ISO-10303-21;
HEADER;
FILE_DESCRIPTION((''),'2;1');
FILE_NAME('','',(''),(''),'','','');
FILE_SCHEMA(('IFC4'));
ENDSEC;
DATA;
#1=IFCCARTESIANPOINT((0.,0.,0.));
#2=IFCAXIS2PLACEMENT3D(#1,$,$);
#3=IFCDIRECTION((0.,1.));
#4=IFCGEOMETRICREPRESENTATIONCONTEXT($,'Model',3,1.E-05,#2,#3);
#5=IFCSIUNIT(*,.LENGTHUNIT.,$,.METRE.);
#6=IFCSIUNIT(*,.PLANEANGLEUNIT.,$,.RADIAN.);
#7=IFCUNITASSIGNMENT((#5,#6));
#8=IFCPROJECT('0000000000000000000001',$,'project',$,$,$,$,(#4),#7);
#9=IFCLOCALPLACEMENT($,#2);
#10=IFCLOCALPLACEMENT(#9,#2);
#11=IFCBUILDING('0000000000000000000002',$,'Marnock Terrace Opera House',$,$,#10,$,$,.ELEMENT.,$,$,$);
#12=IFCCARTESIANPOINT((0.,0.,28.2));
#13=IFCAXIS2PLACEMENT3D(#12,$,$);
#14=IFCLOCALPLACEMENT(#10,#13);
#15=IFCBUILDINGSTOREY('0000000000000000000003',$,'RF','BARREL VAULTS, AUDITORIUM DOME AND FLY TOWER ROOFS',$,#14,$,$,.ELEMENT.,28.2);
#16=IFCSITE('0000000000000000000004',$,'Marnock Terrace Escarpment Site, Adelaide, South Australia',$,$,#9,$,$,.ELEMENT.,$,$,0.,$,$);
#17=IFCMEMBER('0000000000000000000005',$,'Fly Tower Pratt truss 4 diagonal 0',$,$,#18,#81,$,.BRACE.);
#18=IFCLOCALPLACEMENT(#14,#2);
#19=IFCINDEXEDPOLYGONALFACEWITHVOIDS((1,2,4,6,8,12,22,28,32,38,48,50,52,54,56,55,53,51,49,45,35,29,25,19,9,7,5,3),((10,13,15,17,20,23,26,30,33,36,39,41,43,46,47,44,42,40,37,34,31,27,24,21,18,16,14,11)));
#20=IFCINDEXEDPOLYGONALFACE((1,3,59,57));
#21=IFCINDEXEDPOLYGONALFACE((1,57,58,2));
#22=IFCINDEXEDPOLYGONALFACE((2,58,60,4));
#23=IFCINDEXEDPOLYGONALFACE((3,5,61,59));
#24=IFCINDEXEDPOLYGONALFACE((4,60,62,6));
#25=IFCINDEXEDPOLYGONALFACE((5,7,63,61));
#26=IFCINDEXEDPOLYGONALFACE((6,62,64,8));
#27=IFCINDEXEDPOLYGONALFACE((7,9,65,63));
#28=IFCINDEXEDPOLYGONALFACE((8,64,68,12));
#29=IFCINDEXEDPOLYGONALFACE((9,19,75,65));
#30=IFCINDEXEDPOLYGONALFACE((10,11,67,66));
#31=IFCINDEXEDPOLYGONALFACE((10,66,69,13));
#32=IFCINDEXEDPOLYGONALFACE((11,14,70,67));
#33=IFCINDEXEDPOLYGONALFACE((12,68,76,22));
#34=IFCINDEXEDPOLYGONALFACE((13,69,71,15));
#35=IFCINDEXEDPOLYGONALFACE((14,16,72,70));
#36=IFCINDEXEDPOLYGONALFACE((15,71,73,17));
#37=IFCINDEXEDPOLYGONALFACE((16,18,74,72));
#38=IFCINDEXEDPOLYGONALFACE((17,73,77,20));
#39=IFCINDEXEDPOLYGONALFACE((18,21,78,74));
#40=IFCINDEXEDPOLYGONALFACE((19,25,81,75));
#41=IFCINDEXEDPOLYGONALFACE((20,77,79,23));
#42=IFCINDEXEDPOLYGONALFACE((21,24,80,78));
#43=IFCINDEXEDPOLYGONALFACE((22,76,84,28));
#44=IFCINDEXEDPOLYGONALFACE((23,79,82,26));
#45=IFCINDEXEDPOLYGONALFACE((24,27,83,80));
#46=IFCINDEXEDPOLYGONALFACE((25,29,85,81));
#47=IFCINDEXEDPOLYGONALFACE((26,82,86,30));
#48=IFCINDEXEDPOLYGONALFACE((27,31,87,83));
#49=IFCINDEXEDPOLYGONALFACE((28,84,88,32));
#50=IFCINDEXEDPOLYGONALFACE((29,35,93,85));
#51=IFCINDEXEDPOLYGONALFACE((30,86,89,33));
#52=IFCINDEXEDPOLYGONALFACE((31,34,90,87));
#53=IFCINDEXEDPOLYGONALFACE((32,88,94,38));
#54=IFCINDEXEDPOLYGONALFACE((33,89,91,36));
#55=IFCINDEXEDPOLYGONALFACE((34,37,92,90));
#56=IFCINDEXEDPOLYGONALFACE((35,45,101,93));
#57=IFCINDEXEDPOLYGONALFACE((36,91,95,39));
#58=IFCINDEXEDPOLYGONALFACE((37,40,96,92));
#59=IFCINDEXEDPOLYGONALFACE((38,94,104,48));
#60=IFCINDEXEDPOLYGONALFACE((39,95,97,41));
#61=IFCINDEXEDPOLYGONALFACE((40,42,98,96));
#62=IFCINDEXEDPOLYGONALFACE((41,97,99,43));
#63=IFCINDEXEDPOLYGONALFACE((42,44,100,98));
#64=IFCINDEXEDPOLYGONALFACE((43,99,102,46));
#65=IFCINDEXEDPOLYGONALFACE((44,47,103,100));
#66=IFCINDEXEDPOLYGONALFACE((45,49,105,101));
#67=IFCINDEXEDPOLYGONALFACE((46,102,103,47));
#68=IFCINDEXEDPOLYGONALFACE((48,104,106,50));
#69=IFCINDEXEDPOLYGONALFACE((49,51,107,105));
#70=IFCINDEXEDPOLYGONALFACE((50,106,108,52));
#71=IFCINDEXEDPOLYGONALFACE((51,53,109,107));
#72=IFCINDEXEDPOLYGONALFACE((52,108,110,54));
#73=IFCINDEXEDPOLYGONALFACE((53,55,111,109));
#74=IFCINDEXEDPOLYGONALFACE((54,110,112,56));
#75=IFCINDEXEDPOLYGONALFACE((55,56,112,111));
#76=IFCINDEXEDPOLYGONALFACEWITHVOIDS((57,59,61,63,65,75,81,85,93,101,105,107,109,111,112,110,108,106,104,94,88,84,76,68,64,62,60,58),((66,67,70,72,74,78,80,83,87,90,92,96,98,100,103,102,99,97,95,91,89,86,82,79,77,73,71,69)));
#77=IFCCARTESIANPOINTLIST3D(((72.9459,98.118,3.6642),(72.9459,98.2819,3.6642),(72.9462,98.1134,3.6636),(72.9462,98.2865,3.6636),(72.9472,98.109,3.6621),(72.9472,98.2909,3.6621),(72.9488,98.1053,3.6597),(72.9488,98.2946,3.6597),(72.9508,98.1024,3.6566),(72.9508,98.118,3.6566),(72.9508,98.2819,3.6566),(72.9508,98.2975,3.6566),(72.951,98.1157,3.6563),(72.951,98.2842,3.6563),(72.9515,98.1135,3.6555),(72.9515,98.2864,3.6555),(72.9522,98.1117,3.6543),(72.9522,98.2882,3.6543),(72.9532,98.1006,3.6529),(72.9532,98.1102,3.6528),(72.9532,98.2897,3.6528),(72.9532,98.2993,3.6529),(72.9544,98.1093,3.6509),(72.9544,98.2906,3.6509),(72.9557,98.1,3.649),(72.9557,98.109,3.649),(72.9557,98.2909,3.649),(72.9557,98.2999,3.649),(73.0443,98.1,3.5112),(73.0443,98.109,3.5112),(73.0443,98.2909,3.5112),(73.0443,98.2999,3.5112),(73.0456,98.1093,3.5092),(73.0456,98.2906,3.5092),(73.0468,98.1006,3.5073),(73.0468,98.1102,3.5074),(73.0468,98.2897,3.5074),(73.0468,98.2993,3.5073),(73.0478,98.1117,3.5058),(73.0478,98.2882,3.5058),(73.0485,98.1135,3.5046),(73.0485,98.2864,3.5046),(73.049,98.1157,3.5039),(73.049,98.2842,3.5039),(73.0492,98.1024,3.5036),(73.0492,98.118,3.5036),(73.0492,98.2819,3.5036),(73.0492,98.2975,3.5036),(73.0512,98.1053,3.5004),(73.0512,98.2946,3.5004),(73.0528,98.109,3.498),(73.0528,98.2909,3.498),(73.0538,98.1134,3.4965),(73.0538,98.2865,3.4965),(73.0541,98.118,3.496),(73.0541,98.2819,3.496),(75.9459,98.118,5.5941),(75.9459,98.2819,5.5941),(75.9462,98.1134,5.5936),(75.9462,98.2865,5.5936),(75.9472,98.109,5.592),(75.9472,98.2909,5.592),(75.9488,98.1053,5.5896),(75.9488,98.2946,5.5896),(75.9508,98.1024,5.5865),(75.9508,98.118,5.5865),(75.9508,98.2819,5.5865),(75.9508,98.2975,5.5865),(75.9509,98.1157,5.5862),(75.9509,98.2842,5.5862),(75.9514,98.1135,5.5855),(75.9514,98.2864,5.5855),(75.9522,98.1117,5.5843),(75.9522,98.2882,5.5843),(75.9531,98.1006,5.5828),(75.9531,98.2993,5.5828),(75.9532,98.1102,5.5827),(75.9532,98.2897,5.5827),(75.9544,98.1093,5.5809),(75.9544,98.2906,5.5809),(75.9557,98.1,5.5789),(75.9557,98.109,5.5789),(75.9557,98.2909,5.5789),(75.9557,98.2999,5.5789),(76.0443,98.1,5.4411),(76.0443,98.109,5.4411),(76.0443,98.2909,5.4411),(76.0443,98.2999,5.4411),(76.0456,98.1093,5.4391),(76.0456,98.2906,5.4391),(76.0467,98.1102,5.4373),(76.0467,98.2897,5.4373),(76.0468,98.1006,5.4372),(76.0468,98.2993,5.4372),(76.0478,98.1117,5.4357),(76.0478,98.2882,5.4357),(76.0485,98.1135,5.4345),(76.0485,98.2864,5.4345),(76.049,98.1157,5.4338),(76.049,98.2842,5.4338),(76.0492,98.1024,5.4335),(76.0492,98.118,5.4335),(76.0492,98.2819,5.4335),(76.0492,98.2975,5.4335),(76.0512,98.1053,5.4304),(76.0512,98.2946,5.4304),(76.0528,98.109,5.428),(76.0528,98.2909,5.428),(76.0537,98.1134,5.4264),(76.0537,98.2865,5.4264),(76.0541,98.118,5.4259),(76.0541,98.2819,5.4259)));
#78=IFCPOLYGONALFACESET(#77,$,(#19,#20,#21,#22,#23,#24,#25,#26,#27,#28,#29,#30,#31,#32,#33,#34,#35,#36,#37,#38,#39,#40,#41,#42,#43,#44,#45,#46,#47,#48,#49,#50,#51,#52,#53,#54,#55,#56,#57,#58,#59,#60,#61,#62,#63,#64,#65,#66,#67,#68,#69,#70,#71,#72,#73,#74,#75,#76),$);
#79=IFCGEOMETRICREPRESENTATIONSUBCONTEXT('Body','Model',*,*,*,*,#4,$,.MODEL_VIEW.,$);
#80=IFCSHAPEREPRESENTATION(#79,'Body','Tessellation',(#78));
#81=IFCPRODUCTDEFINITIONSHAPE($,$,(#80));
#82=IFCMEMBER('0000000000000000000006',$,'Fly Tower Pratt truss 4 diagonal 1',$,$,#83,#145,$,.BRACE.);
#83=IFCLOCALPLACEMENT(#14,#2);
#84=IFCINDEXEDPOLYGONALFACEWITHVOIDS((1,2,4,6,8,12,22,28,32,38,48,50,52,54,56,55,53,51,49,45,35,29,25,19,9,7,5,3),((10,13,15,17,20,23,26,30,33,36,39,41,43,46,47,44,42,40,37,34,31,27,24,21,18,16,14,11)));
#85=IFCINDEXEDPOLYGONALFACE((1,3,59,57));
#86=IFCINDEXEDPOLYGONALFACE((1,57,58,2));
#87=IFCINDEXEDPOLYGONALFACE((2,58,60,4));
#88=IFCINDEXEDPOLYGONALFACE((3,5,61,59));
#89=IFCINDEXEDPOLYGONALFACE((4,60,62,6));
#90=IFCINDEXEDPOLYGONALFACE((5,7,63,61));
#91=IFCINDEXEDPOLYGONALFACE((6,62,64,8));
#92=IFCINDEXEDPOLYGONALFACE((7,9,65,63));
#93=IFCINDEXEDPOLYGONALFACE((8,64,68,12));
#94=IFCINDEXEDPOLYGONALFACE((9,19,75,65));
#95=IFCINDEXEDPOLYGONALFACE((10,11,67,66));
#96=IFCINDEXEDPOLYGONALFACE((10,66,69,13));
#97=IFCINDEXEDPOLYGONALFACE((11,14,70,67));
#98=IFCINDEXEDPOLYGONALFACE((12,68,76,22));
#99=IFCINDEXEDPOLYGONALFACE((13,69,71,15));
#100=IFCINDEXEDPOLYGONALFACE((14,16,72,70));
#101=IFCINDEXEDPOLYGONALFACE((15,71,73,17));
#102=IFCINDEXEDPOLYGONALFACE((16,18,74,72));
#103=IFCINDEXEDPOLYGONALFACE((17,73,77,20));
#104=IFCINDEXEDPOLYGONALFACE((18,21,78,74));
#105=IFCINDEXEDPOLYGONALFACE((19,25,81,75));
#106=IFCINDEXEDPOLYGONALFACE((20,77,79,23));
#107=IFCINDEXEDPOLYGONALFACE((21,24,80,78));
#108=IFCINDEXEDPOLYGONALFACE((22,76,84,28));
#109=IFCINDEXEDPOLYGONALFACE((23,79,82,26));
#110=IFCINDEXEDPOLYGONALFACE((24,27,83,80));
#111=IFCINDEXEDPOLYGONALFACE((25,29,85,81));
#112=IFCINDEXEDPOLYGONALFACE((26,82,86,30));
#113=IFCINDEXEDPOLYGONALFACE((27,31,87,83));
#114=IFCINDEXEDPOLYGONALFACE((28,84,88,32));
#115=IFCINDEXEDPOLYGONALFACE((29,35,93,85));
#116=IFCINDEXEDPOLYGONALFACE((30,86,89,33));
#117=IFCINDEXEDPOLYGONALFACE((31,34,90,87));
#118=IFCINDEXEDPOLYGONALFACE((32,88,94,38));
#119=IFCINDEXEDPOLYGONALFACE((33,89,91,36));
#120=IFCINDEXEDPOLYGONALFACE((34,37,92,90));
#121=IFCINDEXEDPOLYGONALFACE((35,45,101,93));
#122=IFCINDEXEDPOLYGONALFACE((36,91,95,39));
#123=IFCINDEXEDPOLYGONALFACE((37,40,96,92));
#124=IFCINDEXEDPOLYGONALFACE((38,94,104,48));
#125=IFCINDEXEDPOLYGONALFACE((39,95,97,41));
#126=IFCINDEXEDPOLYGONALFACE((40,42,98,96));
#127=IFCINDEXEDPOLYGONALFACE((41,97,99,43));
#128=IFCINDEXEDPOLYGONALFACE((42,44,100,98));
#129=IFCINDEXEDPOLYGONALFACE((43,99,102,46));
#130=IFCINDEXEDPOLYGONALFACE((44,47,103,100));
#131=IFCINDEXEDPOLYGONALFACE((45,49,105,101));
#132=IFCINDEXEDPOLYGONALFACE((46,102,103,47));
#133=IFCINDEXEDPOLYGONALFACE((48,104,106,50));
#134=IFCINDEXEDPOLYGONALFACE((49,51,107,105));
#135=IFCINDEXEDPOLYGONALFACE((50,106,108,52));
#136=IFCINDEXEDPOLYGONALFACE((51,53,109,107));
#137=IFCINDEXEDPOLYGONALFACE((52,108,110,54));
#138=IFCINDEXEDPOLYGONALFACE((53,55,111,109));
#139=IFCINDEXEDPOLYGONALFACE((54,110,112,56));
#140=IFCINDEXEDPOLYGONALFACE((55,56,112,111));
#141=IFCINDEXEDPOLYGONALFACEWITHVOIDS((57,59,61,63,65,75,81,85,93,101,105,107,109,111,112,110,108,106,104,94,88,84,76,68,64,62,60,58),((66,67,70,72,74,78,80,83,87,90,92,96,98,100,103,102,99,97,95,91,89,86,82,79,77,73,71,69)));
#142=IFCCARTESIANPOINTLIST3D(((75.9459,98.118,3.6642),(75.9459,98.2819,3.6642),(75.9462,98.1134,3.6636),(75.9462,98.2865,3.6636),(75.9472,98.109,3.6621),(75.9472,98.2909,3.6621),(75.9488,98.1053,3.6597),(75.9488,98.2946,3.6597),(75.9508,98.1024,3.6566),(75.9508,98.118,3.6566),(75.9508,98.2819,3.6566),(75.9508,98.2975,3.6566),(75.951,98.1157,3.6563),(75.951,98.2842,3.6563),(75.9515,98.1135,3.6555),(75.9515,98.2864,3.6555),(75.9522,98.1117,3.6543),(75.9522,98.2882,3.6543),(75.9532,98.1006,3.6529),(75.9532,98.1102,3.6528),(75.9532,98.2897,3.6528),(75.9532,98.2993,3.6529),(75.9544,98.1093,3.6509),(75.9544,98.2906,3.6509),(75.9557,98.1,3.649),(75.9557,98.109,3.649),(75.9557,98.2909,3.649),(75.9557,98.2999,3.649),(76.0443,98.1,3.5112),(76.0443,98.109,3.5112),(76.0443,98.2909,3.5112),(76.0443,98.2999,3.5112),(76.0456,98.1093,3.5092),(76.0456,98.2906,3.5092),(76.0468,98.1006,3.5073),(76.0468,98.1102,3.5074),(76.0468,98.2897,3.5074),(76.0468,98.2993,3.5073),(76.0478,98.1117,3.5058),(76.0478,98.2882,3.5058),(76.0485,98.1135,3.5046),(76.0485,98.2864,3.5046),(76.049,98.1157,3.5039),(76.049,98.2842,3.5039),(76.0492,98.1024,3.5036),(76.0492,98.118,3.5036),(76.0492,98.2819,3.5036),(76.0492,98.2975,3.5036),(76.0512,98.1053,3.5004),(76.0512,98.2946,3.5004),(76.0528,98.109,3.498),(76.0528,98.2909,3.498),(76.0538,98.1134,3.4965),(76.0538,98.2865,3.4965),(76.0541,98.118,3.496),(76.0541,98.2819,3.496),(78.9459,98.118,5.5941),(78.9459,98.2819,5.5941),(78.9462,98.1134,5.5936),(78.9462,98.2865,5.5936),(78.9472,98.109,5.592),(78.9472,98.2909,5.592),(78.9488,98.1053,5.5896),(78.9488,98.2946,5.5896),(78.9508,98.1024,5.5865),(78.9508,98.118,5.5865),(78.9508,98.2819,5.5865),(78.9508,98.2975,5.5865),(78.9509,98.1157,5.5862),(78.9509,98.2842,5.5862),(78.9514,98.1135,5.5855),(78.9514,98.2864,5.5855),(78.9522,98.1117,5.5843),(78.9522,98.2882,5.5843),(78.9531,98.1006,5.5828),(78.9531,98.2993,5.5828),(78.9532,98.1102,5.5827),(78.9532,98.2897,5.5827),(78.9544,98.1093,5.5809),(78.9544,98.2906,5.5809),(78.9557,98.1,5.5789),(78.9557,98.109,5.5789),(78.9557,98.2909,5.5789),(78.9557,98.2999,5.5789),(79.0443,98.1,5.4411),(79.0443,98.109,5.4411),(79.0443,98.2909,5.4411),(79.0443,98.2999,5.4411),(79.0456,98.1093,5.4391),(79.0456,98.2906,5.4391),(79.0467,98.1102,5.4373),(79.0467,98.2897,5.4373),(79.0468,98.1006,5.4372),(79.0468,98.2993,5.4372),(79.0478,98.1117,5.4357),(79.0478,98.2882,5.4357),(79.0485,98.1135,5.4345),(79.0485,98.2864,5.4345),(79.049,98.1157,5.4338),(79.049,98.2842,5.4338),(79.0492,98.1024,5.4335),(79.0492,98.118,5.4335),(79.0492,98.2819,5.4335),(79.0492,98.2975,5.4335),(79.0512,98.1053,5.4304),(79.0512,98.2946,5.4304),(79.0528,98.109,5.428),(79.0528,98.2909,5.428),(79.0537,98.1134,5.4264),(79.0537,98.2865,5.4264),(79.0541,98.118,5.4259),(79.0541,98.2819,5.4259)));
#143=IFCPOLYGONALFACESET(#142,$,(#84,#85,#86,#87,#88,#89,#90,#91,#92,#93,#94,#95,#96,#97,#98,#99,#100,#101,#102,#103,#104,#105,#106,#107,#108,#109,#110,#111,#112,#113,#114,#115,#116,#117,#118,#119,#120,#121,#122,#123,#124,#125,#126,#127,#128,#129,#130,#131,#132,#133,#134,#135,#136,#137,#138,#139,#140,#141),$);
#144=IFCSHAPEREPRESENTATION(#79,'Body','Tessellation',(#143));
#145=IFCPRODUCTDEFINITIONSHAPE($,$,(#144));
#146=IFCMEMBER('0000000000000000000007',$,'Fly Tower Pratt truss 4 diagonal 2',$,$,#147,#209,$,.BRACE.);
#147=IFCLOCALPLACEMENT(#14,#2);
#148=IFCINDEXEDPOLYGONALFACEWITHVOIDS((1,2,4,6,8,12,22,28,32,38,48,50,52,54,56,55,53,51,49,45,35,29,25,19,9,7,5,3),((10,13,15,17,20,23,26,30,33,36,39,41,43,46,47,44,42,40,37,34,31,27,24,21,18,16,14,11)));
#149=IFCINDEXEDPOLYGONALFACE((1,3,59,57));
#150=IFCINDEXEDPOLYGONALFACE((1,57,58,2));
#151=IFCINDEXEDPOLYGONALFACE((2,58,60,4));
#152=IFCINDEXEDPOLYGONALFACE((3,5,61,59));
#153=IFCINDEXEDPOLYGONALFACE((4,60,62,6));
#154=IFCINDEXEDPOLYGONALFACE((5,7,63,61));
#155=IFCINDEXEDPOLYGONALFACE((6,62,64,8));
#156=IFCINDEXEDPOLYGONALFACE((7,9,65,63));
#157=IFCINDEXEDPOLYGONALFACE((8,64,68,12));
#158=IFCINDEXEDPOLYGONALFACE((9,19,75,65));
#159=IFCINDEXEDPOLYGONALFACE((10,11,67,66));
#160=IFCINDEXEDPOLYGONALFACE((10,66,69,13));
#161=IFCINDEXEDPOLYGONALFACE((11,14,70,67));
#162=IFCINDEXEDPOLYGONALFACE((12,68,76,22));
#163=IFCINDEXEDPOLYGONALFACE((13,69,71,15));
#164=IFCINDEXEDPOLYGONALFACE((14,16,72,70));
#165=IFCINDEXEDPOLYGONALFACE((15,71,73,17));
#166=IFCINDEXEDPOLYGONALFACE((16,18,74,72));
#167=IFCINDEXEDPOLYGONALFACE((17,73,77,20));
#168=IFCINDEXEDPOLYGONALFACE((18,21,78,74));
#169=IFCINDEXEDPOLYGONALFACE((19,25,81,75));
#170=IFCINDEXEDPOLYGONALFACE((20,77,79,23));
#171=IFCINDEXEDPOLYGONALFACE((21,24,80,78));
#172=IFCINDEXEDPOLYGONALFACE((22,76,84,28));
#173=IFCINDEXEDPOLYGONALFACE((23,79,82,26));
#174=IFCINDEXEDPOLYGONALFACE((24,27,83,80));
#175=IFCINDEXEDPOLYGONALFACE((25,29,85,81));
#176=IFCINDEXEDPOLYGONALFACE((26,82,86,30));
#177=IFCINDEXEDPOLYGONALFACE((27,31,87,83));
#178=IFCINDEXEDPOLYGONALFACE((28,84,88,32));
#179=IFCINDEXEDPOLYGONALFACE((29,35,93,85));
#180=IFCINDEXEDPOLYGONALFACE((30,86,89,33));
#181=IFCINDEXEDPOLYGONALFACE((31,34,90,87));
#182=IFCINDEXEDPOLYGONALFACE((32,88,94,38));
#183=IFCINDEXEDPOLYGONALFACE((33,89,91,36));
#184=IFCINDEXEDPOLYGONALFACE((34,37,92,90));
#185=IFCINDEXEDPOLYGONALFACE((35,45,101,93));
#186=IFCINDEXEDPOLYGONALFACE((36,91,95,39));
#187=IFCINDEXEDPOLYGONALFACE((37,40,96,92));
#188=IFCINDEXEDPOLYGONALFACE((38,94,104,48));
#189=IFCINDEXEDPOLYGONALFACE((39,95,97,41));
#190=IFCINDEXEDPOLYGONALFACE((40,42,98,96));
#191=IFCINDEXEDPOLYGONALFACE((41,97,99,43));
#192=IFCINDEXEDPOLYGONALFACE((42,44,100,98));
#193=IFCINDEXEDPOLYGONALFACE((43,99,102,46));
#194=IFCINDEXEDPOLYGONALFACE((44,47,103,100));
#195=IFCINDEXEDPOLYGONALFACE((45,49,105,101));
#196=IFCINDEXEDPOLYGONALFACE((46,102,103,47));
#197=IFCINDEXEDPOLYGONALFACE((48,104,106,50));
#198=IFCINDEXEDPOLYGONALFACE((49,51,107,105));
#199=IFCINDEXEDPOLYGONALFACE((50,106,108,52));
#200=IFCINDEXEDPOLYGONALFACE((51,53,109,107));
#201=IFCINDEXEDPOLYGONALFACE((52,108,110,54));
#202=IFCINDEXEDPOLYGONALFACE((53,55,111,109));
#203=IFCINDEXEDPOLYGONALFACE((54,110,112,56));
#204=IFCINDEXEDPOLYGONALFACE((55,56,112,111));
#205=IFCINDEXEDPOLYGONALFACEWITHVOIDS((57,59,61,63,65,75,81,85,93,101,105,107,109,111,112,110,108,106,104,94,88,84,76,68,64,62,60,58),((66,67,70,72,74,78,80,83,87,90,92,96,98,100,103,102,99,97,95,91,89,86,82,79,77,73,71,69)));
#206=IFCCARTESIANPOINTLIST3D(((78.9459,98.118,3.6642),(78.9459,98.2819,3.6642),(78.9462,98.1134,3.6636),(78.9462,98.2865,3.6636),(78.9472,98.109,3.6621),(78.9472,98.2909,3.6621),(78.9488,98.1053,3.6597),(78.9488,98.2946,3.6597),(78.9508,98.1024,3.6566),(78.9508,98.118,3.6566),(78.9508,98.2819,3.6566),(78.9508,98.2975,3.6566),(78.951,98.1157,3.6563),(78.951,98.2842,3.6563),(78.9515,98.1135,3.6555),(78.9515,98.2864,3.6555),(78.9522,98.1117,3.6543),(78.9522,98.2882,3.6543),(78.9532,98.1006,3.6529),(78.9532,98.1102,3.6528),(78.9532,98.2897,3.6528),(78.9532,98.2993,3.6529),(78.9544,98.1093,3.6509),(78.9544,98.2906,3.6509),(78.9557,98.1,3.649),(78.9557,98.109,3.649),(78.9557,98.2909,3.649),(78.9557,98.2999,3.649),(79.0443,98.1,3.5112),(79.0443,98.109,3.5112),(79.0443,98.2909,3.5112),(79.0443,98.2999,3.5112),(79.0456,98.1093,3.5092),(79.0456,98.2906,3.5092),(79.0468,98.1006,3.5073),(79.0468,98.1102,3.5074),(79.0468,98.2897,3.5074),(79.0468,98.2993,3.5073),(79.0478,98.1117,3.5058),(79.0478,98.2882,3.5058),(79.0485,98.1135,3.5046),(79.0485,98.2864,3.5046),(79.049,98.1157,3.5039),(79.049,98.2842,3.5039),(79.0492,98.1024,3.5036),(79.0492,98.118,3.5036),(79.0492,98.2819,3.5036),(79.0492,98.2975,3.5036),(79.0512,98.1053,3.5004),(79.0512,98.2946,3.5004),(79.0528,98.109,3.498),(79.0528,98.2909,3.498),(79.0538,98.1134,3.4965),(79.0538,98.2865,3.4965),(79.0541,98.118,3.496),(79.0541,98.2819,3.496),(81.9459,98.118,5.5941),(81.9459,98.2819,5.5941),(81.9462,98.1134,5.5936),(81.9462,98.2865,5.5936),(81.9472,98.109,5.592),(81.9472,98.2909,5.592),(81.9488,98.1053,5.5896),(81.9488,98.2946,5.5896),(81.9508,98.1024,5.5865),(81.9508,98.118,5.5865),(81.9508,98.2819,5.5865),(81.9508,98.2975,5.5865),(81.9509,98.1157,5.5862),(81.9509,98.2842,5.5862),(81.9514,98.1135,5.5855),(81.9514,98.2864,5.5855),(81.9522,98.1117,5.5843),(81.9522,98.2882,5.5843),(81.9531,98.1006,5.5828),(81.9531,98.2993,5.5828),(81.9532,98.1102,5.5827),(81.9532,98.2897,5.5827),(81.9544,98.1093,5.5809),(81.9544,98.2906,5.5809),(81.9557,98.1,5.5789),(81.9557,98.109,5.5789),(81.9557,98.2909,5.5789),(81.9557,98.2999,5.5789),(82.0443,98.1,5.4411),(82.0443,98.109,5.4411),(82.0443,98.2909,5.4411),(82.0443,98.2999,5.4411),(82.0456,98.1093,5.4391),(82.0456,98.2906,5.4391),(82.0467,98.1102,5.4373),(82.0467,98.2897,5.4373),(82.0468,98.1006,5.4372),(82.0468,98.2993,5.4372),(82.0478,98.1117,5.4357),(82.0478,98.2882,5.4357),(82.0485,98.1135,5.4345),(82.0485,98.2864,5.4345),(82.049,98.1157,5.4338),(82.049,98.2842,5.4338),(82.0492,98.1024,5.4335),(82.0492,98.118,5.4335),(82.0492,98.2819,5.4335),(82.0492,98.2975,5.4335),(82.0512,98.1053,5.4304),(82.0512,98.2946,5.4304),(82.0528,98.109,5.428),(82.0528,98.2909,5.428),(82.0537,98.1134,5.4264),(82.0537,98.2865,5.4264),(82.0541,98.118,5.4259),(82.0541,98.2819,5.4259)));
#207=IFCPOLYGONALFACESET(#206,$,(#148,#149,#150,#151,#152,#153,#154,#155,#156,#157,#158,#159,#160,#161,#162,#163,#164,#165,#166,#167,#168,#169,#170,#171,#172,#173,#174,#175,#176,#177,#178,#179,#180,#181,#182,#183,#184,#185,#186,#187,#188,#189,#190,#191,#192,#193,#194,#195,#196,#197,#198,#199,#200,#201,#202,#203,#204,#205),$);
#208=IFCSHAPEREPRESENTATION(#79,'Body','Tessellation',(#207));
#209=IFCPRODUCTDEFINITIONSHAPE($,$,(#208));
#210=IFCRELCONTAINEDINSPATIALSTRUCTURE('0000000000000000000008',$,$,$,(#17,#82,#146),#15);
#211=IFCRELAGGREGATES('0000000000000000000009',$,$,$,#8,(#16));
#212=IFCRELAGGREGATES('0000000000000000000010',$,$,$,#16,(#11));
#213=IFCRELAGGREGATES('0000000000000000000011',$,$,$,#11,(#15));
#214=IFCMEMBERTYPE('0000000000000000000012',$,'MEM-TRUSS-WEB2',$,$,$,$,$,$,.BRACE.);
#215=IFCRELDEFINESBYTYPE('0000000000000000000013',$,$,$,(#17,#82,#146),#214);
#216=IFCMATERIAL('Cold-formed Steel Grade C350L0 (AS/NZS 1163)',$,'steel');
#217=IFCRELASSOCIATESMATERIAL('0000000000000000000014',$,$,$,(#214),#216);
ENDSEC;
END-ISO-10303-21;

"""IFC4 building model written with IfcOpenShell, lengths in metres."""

from ifc_helpers import new_model, si_unit, direction, frame, origin, origin_2d, place, context, subcontext, project, spatial, hollow_rectangle, extrude, material, material_profile, profile_set, type_object, element, save


model = new_model("IFC4")

# Units and contexts
model_context = context("Model", 3, precision=1e-05, world=origin(), true_north=direction((0.0, 1.0)))
body_context = subcontext(model_context, "Body", "Model", "MODEL_VIEW")
ifc_project = project(units=[si_unit("LENGTHUNIT", "METRE"), si_unit("PLANEANGLEUNIT", "RADIAN")], contexts=[model_context])

# Site, building, storey
site_placement = place(None, origin())
site = spatial("IfcSite", under=ifc_project, at=site_placement, Name="Marnock Terrace Escarpment Site, Adelaide, South Australia", CompositionType="ELEMENT", RefElevation=0.0)
building_placement = place(site_placement, origin())
building = spatial("IfcBuilding", under=site, at=building_placement, Name="Marnock Terrace Opera House", CompositionType="ELEMENT")
storey_placement = place(building_placement, frame((0.0, 0.0, 28.2)))
storey = spatial("IfcBuildingStorey", under=building, at=storey_placement, Name="RF", Description="BARREL VAULTS, AUDITORIUM DOME AND FLY TOWER ROOFS", CompositionType="ELEMENT", Elevation=28.2)

# Members
ifc_material_1 = material(Name="Cold-formed Steel Grade C350L0 (AS/NZS 1163)", Category="steel")
ifc_material_profile_1 = material_profile(ifc_material_1, hollow_rectangle(XDim=0.2, YDim=0.2, WallThickness=0.009, InnerFilletRadius=0.009, OuterFilletRadius=0.0181, at=origin_2d()))
ifc_profile_set_1 = profile_set([ifc_material_profile_1], Name="Cold-formed Steel Grade C350L0 (AS/NZS 1163)")
member_type_1 = type_object("IfcMemberType", Name="MEM-TRUSS-WEB2", PredefinedType="BRACE", material=ifc_profile_set_1)
for number, where, z_axis, x_axis, name in (
    (1, (73.0, 98.2, 3.5801), (0.841005, 0.0, 0.541027), (0.0, 1.0, 0.0), "Fly Tower Pratt truss 4 diagonal 0"),
    (2, (76.0, 98.2, 3.5801), (0.841005, 0.0, 0.541027), (0.0, 1.0, 0.0), "Fly Tower Pratt truss 4 diagonal 1"),
    (3, (79.0, 98.2, 3.5801), (0.841005, 0.0, 0.541027), (0.0, 1.0, 0.0), "Fly Tower Pratt truss 4 diagonal 2"),
):
    element("IfcMember", number, at=place(storey_placement, frame(where, z_axis=z_axis, x_axis=x_axis)), inside=storey, type_object=member_type_1, Name=name, PredefinedType="BRACE", context=body_context, shape_type="SweptSolid", body=[
        extrude(hollow_rectangle(XDim=0.2, YDim=0.2, WallThickness=0.009, InnerFilletRadius=0.009, OuterFilletRadius=0.0181, at=origin_2d()), origin(), (0.0, 0.0, 1.0), 3.5671),
    ])

save(model, "model.ifc")
